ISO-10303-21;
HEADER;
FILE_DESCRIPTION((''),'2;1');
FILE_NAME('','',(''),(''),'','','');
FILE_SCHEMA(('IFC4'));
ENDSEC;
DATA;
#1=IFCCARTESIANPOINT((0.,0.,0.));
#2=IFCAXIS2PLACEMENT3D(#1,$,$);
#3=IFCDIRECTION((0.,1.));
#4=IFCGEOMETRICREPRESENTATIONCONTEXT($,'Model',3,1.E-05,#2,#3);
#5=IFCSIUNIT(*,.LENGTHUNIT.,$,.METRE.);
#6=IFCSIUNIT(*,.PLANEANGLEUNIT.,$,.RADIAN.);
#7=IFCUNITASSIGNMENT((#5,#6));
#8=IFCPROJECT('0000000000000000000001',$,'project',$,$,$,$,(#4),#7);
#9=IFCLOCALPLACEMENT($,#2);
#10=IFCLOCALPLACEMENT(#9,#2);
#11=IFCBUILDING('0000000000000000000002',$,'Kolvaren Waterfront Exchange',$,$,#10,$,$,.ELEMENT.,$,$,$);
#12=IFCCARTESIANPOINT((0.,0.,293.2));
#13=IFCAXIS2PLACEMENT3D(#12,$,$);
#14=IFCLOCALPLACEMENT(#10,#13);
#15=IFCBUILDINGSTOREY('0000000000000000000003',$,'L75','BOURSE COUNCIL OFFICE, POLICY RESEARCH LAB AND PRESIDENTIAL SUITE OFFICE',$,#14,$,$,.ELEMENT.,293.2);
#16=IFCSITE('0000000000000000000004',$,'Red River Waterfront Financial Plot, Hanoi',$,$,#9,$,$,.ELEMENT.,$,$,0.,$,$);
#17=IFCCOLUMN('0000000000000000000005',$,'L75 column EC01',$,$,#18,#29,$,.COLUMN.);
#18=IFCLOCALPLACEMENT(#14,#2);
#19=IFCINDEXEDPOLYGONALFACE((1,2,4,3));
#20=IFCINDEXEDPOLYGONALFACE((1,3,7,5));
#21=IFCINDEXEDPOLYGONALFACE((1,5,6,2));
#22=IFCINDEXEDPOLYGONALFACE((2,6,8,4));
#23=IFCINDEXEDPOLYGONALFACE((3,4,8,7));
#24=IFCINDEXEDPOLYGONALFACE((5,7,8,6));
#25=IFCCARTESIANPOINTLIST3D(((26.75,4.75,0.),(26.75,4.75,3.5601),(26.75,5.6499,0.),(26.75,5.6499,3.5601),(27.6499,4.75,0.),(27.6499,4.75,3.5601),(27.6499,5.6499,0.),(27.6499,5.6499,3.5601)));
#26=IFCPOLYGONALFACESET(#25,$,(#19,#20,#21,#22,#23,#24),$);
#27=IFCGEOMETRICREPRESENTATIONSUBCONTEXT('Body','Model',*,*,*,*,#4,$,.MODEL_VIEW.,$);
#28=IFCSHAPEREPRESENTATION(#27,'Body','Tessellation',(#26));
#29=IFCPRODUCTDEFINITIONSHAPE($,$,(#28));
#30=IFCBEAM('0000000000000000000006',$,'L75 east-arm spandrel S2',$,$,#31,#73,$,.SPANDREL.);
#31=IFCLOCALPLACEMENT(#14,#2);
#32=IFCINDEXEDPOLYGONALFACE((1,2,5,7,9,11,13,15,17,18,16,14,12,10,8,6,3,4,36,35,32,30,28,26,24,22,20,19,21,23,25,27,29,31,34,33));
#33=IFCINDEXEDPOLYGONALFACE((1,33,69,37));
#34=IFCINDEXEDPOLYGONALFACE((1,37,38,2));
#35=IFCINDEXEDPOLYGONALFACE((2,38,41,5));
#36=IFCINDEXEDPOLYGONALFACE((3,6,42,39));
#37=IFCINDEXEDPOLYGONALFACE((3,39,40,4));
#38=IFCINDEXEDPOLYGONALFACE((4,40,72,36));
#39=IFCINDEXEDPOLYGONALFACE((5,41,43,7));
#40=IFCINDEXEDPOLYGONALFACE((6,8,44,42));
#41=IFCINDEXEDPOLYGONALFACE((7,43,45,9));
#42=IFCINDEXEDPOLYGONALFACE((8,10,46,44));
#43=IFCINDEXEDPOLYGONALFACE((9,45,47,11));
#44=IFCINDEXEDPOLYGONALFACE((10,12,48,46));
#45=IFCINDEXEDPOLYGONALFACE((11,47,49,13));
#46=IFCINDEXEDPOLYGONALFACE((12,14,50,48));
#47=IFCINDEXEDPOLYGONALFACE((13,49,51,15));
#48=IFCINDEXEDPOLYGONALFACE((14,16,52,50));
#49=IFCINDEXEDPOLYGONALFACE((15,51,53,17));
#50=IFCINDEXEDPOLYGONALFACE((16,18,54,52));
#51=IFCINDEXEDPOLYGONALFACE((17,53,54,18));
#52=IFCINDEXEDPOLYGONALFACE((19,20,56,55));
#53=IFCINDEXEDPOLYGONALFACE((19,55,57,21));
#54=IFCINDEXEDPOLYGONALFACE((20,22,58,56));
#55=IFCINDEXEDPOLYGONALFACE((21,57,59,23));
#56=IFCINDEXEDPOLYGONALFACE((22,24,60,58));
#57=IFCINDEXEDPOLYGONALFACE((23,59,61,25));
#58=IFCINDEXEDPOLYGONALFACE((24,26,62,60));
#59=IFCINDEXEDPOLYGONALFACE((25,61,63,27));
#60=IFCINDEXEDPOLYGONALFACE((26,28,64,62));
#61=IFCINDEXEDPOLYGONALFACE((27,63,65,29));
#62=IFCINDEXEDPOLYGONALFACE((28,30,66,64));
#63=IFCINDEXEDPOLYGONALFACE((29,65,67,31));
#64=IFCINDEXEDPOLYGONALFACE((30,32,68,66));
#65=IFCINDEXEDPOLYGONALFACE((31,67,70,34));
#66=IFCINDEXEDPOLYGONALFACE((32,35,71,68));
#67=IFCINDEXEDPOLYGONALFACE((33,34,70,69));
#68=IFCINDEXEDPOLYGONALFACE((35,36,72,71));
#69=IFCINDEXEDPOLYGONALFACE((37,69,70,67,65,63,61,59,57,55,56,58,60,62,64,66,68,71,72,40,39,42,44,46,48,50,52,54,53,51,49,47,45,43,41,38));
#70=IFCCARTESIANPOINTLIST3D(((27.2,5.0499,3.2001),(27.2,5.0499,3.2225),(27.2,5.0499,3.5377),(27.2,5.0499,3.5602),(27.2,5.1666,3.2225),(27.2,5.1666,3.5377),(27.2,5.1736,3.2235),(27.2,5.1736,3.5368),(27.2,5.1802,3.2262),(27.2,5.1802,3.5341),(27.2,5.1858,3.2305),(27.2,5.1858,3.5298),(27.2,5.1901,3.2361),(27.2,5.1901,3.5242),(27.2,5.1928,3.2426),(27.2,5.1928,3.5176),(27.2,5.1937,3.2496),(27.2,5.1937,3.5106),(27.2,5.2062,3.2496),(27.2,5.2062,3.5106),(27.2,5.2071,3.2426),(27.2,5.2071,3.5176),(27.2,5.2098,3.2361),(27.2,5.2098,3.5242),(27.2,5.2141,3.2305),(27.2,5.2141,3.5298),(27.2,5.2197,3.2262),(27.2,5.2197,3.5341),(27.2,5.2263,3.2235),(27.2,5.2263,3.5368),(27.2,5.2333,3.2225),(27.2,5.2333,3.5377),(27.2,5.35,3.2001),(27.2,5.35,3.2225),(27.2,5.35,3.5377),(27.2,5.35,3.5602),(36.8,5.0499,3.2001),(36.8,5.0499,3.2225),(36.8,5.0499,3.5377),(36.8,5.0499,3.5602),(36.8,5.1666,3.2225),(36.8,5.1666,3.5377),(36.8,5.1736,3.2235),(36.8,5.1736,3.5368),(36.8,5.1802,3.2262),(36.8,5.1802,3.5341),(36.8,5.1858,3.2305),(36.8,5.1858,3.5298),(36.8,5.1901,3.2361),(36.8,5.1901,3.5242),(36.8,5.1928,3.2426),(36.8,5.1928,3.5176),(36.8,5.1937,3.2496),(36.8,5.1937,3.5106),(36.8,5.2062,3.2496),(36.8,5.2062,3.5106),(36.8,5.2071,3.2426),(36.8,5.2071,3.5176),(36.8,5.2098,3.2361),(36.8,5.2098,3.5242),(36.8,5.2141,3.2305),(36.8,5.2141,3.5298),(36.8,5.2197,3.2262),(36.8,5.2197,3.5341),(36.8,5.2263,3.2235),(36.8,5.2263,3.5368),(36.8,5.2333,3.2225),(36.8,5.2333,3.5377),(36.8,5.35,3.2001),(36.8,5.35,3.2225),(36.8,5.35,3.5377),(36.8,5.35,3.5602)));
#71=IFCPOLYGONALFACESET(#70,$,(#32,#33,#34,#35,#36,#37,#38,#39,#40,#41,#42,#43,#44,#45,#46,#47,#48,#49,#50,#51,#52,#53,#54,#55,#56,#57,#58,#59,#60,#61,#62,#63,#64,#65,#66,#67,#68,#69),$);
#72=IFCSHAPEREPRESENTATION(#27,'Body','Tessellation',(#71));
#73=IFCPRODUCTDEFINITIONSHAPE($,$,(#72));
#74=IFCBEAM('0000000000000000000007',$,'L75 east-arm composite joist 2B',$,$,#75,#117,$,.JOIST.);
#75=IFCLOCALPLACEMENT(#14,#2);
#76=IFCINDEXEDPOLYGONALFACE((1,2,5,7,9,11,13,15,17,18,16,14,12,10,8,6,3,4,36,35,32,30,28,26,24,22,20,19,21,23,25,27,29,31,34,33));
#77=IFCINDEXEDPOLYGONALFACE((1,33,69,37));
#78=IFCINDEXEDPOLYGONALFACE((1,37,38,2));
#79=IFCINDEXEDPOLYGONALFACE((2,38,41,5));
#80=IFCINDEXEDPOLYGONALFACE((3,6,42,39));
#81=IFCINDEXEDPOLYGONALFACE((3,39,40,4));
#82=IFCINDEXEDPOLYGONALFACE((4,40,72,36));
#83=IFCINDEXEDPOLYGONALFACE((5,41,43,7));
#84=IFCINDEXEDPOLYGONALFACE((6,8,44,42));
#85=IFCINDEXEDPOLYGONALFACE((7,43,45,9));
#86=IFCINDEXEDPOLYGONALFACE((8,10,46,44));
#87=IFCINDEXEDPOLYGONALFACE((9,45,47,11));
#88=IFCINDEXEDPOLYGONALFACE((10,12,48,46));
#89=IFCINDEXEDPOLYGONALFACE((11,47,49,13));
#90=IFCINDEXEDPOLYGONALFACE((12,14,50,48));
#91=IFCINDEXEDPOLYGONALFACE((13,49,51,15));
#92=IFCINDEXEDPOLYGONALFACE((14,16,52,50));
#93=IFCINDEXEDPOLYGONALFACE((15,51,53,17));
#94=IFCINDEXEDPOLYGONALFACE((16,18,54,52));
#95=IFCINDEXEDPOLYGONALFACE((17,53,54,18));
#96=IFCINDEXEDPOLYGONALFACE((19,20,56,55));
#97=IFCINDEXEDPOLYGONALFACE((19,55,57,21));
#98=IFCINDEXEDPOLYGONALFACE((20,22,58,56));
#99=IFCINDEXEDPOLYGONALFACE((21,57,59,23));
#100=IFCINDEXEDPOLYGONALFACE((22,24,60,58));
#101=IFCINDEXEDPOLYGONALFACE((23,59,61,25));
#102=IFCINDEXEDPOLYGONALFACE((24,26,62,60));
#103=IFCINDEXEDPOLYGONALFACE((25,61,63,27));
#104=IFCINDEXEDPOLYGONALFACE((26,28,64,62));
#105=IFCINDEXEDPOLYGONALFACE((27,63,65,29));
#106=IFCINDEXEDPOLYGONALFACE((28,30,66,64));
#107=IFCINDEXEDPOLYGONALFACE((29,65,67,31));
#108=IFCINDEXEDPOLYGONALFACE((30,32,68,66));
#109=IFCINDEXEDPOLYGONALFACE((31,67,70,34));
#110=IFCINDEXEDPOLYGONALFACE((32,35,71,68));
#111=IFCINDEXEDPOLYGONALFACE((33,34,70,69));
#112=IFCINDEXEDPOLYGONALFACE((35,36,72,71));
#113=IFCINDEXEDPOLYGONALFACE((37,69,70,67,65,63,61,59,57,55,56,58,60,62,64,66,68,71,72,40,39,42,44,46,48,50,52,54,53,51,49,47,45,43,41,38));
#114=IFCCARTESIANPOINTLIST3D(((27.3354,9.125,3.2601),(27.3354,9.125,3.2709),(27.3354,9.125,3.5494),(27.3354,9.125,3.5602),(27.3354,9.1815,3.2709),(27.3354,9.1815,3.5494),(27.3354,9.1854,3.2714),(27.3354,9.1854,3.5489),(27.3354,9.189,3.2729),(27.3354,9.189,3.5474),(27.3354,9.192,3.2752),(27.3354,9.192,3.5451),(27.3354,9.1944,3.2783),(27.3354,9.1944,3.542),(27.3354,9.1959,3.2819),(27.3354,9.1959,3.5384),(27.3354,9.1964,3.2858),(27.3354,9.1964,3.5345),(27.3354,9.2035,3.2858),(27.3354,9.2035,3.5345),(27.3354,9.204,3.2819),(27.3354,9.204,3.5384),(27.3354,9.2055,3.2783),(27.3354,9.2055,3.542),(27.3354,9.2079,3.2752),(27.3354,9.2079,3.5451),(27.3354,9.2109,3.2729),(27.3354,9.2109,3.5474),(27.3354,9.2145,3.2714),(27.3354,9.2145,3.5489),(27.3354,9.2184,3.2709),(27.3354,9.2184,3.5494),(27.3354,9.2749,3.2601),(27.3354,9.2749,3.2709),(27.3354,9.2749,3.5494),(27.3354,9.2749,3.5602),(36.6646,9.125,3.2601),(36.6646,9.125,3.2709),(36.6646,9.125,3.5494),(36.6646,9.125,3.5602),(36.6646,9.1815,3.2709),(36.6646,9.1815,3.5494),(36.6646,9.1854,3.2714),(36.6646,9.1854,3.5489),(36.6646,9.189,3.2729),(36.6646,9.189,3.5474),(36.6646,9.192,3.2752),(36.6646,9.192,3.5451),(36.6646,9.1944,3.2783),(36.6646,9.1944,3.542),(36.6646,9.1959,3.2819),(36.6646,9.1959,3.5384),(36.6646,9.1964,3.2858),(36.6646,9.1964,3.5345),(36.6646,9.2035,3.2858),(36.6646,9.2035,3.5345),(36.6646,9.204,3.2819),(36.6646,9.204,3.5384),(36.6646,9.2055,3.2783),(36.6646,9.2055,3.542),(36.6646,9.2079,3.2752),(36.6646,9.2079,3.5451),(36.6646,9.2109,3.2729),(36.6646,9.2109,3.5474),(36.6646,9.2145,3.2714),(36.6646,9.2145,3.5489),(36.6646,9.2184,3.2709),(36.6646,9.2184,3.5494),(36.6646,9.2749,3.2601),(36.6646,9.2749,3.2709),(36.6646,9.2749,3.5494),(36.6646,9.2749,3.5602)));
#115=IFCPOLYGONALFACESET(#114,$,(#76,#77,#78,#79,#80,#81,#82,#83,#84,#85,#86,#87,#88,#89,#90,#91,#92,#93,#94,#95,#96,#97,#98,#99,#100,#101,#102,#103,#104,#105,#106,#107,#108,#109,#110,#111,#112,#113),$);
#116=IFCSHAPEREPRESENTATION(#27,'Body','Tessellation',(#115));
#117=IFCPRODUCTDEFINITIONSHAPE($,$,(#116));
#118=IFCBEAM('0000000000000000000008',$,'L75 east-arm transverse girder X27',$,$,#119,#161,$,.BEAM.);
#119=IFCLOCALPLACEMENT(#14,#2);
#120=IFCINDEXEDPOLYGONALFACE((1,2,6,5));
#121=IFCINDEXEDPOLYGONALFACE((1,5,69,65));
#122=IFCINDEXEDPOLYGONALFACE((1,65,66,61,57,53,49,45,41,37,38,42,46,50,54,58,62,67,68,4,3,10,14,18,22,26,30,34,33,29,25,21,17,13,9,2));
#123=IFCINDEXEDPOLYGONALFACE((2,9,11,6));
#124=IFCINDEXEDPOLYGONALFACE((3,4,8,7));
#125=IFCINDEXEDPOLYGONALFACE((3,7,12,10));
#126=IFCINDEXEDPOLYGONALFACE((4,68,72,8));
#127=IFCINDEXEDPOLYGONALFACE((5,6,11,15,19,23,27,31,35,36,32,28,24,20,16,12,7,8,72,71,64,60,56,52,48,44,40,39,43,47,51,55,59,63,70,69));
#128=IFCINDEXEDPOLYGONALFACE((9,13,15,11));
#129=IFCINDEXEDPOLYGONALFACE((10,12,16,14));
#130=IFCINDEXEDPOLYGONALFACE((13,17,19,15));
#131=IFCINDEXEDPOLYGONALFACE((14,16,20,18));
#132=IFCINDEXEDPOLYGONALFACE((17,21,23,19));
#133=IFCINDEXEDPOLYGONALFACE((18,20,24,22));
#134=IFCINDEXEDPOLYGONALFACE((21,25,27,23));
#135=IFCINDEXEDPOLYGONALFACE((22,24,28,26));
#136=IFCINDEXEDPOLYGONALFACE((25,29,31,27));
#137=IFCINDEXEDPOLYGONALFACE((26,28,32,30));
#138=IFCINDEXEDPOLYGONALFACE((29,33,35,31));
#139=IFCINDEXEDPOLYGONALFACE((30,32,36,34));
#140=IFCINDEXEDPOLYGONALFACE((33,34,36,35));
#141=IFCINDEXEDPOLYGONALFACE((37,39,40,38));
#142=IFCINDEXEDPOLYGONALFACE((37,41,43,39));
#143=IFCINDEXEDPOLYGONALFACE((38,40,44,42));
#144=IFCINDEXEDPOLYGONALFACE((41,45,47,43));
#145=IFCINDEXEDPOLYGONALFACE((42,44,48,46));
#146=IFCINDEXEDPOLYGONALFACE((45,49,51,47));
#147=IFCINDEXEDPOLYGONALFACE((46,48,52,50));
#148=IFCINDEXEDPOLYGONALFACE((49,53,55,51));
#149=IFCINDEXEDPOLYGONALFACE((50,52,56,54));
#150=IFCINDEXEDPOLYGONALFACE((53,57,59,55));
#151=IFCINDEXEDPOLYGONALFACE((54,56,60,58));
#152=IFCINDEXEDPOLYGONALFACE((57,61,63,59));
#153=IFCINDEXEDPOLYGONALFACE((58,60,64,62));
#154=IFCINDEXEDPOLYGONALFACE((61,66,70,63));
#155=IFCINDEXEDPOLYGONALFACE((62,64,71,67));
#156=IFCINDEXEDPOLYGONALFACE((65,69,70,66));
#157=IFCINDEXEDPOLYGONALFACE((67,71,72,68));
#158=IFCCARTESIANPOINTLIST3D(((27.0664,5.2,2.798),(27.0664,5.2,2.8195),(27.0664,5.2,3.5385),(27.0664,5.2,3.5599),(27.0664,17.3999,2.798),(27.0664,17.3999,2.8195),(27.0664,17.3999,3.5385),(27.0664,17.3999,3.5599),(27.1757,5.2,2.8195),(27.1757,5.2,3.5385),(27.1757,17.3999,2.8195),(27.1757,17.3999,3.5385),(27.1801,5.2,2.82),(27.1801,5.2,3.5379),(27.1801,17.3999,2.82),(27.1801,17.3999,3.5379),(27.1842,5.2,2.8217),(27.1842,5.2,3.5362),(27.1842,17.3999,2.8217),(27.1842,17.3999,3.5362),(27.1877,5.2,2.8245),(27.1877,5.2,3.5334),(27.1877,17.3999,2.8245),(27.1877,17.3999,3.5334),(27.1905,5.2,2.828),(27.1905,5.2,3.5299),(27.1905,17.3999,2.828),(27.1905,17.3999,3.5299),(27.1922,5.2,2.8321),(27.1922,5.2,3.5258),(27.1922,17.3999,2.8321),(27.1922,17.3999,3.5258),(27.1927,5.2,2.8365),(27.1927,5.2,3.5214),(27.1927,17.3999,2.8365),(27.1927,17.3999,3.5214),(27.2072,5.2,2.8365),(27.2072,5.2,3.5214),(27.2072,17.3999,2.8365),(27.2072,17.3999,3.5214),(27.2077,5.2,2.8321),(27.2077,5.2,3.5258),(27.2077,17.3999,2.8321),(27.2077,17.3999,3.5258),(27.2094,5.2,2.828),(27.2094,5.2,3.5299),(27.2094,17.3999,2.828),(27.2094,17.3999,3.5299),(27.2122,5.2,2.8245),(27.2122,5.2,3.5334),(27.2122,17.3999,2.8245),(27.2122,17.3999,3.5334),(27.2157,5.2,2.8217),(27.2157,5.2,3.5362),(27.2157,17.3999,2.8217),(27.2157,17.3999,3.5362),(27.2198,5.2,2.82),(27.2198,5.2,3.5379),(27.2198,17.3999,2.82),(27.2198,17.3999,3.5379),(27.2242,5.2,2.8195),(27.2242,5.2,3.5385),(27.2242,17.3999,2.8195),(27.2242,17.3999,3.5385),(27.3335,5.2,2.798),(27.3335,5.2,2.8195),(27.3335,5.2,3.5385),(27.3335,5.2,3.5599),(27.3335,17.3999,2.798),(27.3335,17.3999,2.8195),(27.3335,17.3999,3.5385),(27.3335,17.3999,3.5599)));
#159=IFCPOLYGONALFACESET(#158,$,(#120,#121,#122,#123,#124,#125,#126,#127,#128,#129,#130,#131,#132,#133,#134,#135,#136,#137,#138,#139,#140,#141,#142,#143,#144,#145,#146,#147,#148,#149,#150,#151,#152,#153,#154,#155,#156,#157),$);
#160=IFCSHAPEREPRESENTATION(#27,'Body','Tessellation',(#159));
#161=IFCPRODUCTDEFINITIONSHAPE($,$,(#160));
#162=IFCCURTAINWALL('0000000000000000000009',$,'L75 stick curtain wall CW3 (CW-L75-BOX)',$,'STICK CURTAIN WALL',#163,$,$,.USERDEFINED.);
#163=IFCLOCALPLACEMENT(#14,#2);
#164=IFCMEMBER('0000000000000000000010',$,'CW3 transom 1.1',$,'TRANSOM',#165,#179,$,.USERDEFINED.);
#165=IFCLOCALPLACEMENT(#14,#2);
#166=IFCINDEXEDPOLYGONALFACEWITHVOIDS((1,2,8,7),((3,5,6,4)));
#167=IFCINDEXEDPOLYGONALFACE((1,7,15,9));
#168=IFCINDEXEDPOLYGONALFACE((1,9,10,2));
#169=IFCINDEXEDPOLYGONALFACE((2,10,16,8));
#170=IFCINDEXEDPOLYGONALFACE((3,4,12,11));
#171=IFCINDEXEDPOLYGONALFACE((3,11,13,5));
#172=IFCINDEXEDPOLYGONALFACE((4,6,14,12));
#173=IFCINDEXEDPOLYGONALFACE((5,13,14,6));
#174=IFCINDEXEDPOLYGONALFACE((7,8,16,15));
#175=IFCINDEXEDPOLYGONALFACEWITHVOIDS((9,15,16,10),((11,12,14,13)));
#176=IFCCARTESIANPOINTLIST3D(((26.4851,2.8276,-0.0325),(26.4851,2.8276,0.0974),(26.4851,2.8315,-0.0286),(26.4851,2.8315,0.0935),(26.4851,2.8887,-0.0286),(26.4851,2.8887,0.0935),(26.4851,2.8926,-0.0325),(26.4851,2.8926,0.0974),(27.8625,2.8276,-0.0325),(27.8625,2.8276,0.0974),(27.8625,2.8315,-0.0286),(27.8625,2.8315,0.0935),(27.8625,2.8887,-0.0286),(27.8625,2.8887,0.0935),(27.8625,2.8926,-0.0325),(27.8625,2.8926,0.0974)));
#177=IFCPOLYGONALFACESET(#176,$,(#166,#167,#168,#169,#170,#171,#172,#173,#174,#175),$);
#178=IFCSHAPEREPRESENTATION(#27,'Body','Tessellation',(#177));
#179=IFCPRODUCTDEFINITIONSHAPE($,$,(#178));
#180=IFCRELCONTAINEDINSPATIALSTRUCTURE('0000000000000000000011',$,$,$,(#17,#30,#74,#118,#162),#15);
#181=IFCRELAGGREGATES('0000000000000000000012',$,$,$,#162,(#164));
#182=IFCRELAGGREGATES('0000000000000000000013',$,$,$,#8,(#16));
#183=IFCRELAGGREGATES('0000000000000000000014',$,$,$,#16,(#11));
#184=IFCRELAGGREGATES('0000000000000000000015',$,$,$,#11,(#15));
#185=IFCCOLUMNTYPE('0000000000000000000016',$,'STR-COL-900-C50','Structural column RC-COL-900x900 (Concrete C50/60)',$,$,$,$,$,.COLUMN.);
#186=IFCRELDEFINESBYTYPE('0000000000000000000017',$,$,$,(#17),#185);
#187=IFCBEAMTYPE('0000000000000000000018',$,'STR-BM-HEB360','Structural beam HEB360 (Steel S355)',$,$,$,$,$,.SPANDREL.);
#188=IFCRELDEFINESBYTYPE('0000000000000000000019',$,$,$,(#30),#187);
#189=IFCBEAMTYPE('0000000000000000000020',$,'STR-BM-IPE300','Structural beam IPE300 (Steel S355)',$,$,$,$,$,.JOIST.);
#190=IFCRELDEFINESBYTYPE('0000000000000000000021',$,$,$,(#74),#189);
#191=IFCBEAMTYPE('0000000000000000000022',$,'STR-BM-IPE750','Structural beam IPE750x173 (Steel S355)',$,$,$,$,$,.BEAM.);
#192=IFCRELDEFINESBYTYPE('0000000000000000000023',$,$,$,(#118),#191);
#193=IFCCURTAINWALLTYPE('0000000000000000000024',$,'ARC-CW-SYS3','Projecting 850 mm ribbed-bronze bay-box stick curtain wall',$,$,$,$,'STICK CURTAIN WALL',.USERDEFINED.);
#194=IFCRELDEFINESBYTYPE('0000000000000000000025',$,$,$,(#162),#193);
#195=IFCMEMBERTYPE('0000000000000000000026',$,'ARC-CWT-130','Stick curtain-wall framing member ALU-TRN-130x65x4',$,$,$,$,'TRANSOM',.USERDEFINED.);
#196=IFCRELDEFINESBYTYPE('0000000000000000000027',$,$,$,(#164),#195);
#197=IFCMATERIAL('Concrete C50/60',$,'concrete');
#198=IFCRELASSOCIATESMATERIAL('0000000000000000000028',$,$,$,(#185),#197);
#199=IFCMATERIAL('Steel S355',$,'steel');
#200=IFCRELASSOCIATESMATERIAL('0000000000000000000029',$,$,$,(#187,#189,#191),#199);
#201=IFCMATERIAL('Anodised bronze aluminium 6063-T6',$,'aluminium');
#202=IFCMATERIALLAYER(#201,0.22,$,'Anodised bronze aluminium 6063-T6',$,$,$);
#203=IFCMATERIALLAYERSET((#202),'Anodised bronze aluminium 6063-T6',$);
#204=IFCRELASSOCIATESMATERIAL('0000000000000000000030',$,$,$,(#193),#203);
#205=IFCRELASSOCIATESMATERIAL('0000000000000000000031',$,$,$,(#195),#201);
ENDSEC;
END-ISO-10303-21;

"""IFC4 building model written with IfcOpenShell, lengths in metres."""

from ifc_helpers import new_model, si_unit, direction, frame, origin, origin_with_axes, origin_2d, place, context, subcontext, project, spatial, rectangle, hollow_rectangle, i_section, extrude, source, transform, mapped, material, layer, layer_set, material_profile, profile_set, type_object, element, aggregate, save


model = new_model("IFC4")

# Units and contexts
model_context = context("Model", 3, precision=1e-05, world=origin(), true_north=direction((0.0, 1.0)))
body_context = subcontext(model_context, "Body", "Model", "MODEL_VIEW")
ifc_project = project(units=[si_unit("LENGTHUNIT", "METRE"), si_unit("PLANEANGLEUNIT", "RADIAN")], contexts=[model_context])

# Site, building, storey
site_placement = place(None, origin())
site = spatial("IfcSite", under=ifc_project, at=site_placement, Name="Red River Waterfront Financial Plot, Hanoi", CompositionType="ELEMENT", RefElevation=0.0)
building_placement = place(site_placement, origin())
building = spatial("IfcBuilding", under=site, at=building_placement, Name="Kolvaren Waterfront Exchange", CompositionType="ELEMENT")
storey_placement = place(building_placement, frame((0.0, 0.0, 293.2)))
storey = spatial("IfcBuildingStorey", under=building, at=storey_placement, Name="L75", Description="BOURSE COUNCIL OFFICE, POLICY RESEARCH LAB AND PRESIDENTIAL SUITE OFFICE", CompositionType="ELEMENT", Elevation=293.2)

# Column
ifc_material_1 = material(Name="Concrete C50/60", Category="concrete")
ifc_material_profile_1 = material_profile(ifc_material_1, rectangle(XDim=0.8999, YDim=0.8999, at=origin_2d()), Name="RC-COL-900x900")
ifc_profile_set_1 = profile_set([ifc_material_profile_1], Name="Concrete C50/60")
column_type = type_object("IfcColumnType", Name="STR-COL-900-C50", Description="Structural column RC-COL-900x900 (Concrete C50/60)", PredefinedType="COLUMN", material=ifc_profile_set_1)
column_placement = place(storey_placement, frame((27.2, 5.2, 0.0), z_axis=(0.0, 0.0, 1.0), x_axis=(1.0, 0.0, 0.0)))
element("IfcColumn", 1, at=column_placement, inside=storey, type_object=column_type, Name="L75 column EC01", PredefinedType="COLUMN", context=body_context, shape_type="SweptSolid", body=[
    extrude(rectangle(XDim=0.8999, YDim=0.8999, at=origin_2d()), origin(), (0.0, 0.0, 1.0), 3.5601),
])

# Beams
ifc_material_2 = material(Name="Steel S355", Category="steel")
ifc_material_profile_2 = material_profile(ifc_material_2, i_section(OverallWidth=0.3, OverallDepth=0.3601, WebThickness=0.0125, FlangeThickness=0.0225, FilletRadius=0.0271, at=origin_2d()), Name="HEB360")
ifc_profile_set_2 = profile_set([ifc_material_profile_2], Name="Steel S355")
beam_type_1 = type_object("IfcBeamType", Name="STR-BM-HEB360", Description="Structural beam HEB360 (Steel S355)", PredefinedType="SPANDREL", material=ifc_profile_set_2)
beam_1_placement = place(storey_placement, frame((27.2, 5.2, 3.3801), z_axis=(1.0, 0.0, 0.0), x_axis=(0.0, 1.0, 0.0)))
element("IfcBeam", 2, at=beam_1_placement, inside=storey, type_object=beam_type_1, Name="L75 east-arm spandrel S2", PredefinedType="SPANDREL", context=body_context, shape_type="SweptSolid", body=[
    extrude(i_section(OverallWidth=0.3, OverallDepth=0.3601, WebThickness=0.0125, FlangeThickness=0.0225, FilletRadius=0.0271, at=origin_2d()), origin(), (0.0, 0.0, 1.0), 9.6001),
])
ifc_material_profile_3 = material_profile(ifc_material_2, i_section(OverallWidth=0.1499, OverallDepth=0.3, WebThickness=0.0071, FlangeThickness=0.0107, FilletRadius=0.0149, at=origin_2d()), Name="IPE300")
ifc_profile_set_3 = profile_set([ifc_material_profile_3], Name="Steel S355")
beam_type_2 = type_object("IfcBeamType", Name="STR-BM-IPE300", Description="Structural beam IPE300 (Steel S355)", PredefinedType="JOIST", material=ifc_profile_set_3)
beam_2_placement = place(storey_placement, frame((27.3354, 9.2, 3.4102), z_axis=(1.0, 0.0, 0.0), x_axis=(0.0, 1.0, 0.0)))
element("IfcBeam", 3, at=beam_2_placement, inside=storey, type_object=beam_type_2, Name="L75 east-arm composite joist 2B", PredefinedType="JOIST", context=body_context, shape_type="SweptSolid", body=[
    extrude(i_section(OverallWidth=0.1499, OverallDepth=0.3, WebThickness=0.0071, FlangeThickness=0.0107, FilletRadius=0.0149, at=origin_2d()), origin(), (0.0, 0.0, 1.0), 9.3291),
])
ifc_material_profile_4 = material_profile(ifc_material_2, i_section(OverallWidth=0.2671, OverallDepth=0.762, WebThickness=0.0144, FlangeThickness=0.0215, FilletRadius=0.0171, at=origin_2d()), Name="IPE750x173")
ifc_profile_set_4 = profile_set([ifc_material_profile_4], Name="Steel S355")
beam_type_3 = type_object("IfcBeamType", Name="STR-BM-IPE750", Description="Structural beam IPE750x173 (Steel S355)", PredefinedType="BEAM", material=ifc_profile_set_4)
beam_3_placement = place(storey_placement, frame((27.2, 5.2, 3.179), z_axis=(0.0, 1.0, 0.0), x_axis=(-1.0, 0.0, 0.0)))
element("IfcBeam", 4, at=beam_3_placement, inside=storey, type_object=beam_type_3, Name="L75 east-arm transverse girder X27", PredefinedType="BEAM", context=body_context, shape_type="SweptSolid", body=[
    extrude(i_section(OverallWidth=0.2671, OverallDepth=0.762, WebThickness=0.0144, FlangeThickness=0.0215, FilletRadius=0.0171, at=origin_2d()), origin(), (0.0, 0.0, 1.0), 12.2),
])

# Curtain wall, member
ifc_material_3 = material(Name="Anodised bronze aluminium 6063-T6", Category="aluminium")
ifc_layer_1 = layer(ifc_material_3, 0.22, Name="Anodised bronze aluminium 6063-T6")
ifc_layer_set_1 = layer_set([ifc_layer_1], Name="Anodised bronze aluminium 6063-T6")
curtain_wall_type_1 = type_object("IfcCurtainWallType", Name="ARC-CW-SYS3", Description="Projecting 850 mm ribbed-bronze bay-box stick curtain wall", ElementType="STICK CURTAIN WALL", PredefinedType="USERDEFINED", material=ifc_layer_set_1)
curtain_wall_1_placement = place(storey_placement, origin())
curtain_wall_1 = element("IfcCurtainWall", 5, at=curtain_wall_1_placement, inside=storey, type_object=curtain_wall_type_1, Name="L75 stick curtain wall CW3 (CW-L75-BOX)", ObjectType="STICK CURTAIN WALL", PredefinedType="USERDEFINED")
ifc_material_profile_5 = material_profile(ifc_material_3, hollow_rectangle(XDim=0.0649, YDim=0.1299, WallThickness=0.0039, at=origin_2d()), Name="ALU-TRN-130x65x4")
ifc_profile_set_5 = profile_set([ifc_material_profile_5], Name="Anodised bronze aluminium 6063-T6")
member_type_1 = type_object("IfcMemberType", Name="ARC-CWT-130", Description="Stick curtain-wall framing member ALU-TRN-130x65x4", ElementType="TRANSOM", PredefinedType="USERDEFINED", material=ifc_profile_set_5)
shared_shape_1 = source(origin_with_axes(), body_context, "Body", "SweptSolid", [
    extrude(hollow_rectangle(XDim=0.0649, YDim=0.1299, WallThickness=0.0039, at=origin_2d()), origin(), (0.0, 0.0, 1.0), 1.3774),
])
member_1_placement = place(storey_placement, frame((26.4851, 2.8601, 0.0325), z_axis=(1.0, 0.0, 0.0), x_axis=(0.0, 1.0, 0.0)))
member_1 = element("IfcMember", 6, at=member_1_placement, type_object=member_type_1, Name="CW3 transom 1.1", ObjectType="TRANSOM", PredefinedType="USERDEFINED", context=body_context, shape_type="MappedRepresentation", body=[
    mapped(shared_shape_1, transform((0.0, 0.0, 0.0), x_axis=(1.0, 0.0, 0.0), y_axis=(0.0, 1.0, 0.0), z_axis=(0.0, 0.0, 1.0), scale=1.0)),
])

aggregate(curtain_wall_1, [member_1])

save(model, "model.ifc")
